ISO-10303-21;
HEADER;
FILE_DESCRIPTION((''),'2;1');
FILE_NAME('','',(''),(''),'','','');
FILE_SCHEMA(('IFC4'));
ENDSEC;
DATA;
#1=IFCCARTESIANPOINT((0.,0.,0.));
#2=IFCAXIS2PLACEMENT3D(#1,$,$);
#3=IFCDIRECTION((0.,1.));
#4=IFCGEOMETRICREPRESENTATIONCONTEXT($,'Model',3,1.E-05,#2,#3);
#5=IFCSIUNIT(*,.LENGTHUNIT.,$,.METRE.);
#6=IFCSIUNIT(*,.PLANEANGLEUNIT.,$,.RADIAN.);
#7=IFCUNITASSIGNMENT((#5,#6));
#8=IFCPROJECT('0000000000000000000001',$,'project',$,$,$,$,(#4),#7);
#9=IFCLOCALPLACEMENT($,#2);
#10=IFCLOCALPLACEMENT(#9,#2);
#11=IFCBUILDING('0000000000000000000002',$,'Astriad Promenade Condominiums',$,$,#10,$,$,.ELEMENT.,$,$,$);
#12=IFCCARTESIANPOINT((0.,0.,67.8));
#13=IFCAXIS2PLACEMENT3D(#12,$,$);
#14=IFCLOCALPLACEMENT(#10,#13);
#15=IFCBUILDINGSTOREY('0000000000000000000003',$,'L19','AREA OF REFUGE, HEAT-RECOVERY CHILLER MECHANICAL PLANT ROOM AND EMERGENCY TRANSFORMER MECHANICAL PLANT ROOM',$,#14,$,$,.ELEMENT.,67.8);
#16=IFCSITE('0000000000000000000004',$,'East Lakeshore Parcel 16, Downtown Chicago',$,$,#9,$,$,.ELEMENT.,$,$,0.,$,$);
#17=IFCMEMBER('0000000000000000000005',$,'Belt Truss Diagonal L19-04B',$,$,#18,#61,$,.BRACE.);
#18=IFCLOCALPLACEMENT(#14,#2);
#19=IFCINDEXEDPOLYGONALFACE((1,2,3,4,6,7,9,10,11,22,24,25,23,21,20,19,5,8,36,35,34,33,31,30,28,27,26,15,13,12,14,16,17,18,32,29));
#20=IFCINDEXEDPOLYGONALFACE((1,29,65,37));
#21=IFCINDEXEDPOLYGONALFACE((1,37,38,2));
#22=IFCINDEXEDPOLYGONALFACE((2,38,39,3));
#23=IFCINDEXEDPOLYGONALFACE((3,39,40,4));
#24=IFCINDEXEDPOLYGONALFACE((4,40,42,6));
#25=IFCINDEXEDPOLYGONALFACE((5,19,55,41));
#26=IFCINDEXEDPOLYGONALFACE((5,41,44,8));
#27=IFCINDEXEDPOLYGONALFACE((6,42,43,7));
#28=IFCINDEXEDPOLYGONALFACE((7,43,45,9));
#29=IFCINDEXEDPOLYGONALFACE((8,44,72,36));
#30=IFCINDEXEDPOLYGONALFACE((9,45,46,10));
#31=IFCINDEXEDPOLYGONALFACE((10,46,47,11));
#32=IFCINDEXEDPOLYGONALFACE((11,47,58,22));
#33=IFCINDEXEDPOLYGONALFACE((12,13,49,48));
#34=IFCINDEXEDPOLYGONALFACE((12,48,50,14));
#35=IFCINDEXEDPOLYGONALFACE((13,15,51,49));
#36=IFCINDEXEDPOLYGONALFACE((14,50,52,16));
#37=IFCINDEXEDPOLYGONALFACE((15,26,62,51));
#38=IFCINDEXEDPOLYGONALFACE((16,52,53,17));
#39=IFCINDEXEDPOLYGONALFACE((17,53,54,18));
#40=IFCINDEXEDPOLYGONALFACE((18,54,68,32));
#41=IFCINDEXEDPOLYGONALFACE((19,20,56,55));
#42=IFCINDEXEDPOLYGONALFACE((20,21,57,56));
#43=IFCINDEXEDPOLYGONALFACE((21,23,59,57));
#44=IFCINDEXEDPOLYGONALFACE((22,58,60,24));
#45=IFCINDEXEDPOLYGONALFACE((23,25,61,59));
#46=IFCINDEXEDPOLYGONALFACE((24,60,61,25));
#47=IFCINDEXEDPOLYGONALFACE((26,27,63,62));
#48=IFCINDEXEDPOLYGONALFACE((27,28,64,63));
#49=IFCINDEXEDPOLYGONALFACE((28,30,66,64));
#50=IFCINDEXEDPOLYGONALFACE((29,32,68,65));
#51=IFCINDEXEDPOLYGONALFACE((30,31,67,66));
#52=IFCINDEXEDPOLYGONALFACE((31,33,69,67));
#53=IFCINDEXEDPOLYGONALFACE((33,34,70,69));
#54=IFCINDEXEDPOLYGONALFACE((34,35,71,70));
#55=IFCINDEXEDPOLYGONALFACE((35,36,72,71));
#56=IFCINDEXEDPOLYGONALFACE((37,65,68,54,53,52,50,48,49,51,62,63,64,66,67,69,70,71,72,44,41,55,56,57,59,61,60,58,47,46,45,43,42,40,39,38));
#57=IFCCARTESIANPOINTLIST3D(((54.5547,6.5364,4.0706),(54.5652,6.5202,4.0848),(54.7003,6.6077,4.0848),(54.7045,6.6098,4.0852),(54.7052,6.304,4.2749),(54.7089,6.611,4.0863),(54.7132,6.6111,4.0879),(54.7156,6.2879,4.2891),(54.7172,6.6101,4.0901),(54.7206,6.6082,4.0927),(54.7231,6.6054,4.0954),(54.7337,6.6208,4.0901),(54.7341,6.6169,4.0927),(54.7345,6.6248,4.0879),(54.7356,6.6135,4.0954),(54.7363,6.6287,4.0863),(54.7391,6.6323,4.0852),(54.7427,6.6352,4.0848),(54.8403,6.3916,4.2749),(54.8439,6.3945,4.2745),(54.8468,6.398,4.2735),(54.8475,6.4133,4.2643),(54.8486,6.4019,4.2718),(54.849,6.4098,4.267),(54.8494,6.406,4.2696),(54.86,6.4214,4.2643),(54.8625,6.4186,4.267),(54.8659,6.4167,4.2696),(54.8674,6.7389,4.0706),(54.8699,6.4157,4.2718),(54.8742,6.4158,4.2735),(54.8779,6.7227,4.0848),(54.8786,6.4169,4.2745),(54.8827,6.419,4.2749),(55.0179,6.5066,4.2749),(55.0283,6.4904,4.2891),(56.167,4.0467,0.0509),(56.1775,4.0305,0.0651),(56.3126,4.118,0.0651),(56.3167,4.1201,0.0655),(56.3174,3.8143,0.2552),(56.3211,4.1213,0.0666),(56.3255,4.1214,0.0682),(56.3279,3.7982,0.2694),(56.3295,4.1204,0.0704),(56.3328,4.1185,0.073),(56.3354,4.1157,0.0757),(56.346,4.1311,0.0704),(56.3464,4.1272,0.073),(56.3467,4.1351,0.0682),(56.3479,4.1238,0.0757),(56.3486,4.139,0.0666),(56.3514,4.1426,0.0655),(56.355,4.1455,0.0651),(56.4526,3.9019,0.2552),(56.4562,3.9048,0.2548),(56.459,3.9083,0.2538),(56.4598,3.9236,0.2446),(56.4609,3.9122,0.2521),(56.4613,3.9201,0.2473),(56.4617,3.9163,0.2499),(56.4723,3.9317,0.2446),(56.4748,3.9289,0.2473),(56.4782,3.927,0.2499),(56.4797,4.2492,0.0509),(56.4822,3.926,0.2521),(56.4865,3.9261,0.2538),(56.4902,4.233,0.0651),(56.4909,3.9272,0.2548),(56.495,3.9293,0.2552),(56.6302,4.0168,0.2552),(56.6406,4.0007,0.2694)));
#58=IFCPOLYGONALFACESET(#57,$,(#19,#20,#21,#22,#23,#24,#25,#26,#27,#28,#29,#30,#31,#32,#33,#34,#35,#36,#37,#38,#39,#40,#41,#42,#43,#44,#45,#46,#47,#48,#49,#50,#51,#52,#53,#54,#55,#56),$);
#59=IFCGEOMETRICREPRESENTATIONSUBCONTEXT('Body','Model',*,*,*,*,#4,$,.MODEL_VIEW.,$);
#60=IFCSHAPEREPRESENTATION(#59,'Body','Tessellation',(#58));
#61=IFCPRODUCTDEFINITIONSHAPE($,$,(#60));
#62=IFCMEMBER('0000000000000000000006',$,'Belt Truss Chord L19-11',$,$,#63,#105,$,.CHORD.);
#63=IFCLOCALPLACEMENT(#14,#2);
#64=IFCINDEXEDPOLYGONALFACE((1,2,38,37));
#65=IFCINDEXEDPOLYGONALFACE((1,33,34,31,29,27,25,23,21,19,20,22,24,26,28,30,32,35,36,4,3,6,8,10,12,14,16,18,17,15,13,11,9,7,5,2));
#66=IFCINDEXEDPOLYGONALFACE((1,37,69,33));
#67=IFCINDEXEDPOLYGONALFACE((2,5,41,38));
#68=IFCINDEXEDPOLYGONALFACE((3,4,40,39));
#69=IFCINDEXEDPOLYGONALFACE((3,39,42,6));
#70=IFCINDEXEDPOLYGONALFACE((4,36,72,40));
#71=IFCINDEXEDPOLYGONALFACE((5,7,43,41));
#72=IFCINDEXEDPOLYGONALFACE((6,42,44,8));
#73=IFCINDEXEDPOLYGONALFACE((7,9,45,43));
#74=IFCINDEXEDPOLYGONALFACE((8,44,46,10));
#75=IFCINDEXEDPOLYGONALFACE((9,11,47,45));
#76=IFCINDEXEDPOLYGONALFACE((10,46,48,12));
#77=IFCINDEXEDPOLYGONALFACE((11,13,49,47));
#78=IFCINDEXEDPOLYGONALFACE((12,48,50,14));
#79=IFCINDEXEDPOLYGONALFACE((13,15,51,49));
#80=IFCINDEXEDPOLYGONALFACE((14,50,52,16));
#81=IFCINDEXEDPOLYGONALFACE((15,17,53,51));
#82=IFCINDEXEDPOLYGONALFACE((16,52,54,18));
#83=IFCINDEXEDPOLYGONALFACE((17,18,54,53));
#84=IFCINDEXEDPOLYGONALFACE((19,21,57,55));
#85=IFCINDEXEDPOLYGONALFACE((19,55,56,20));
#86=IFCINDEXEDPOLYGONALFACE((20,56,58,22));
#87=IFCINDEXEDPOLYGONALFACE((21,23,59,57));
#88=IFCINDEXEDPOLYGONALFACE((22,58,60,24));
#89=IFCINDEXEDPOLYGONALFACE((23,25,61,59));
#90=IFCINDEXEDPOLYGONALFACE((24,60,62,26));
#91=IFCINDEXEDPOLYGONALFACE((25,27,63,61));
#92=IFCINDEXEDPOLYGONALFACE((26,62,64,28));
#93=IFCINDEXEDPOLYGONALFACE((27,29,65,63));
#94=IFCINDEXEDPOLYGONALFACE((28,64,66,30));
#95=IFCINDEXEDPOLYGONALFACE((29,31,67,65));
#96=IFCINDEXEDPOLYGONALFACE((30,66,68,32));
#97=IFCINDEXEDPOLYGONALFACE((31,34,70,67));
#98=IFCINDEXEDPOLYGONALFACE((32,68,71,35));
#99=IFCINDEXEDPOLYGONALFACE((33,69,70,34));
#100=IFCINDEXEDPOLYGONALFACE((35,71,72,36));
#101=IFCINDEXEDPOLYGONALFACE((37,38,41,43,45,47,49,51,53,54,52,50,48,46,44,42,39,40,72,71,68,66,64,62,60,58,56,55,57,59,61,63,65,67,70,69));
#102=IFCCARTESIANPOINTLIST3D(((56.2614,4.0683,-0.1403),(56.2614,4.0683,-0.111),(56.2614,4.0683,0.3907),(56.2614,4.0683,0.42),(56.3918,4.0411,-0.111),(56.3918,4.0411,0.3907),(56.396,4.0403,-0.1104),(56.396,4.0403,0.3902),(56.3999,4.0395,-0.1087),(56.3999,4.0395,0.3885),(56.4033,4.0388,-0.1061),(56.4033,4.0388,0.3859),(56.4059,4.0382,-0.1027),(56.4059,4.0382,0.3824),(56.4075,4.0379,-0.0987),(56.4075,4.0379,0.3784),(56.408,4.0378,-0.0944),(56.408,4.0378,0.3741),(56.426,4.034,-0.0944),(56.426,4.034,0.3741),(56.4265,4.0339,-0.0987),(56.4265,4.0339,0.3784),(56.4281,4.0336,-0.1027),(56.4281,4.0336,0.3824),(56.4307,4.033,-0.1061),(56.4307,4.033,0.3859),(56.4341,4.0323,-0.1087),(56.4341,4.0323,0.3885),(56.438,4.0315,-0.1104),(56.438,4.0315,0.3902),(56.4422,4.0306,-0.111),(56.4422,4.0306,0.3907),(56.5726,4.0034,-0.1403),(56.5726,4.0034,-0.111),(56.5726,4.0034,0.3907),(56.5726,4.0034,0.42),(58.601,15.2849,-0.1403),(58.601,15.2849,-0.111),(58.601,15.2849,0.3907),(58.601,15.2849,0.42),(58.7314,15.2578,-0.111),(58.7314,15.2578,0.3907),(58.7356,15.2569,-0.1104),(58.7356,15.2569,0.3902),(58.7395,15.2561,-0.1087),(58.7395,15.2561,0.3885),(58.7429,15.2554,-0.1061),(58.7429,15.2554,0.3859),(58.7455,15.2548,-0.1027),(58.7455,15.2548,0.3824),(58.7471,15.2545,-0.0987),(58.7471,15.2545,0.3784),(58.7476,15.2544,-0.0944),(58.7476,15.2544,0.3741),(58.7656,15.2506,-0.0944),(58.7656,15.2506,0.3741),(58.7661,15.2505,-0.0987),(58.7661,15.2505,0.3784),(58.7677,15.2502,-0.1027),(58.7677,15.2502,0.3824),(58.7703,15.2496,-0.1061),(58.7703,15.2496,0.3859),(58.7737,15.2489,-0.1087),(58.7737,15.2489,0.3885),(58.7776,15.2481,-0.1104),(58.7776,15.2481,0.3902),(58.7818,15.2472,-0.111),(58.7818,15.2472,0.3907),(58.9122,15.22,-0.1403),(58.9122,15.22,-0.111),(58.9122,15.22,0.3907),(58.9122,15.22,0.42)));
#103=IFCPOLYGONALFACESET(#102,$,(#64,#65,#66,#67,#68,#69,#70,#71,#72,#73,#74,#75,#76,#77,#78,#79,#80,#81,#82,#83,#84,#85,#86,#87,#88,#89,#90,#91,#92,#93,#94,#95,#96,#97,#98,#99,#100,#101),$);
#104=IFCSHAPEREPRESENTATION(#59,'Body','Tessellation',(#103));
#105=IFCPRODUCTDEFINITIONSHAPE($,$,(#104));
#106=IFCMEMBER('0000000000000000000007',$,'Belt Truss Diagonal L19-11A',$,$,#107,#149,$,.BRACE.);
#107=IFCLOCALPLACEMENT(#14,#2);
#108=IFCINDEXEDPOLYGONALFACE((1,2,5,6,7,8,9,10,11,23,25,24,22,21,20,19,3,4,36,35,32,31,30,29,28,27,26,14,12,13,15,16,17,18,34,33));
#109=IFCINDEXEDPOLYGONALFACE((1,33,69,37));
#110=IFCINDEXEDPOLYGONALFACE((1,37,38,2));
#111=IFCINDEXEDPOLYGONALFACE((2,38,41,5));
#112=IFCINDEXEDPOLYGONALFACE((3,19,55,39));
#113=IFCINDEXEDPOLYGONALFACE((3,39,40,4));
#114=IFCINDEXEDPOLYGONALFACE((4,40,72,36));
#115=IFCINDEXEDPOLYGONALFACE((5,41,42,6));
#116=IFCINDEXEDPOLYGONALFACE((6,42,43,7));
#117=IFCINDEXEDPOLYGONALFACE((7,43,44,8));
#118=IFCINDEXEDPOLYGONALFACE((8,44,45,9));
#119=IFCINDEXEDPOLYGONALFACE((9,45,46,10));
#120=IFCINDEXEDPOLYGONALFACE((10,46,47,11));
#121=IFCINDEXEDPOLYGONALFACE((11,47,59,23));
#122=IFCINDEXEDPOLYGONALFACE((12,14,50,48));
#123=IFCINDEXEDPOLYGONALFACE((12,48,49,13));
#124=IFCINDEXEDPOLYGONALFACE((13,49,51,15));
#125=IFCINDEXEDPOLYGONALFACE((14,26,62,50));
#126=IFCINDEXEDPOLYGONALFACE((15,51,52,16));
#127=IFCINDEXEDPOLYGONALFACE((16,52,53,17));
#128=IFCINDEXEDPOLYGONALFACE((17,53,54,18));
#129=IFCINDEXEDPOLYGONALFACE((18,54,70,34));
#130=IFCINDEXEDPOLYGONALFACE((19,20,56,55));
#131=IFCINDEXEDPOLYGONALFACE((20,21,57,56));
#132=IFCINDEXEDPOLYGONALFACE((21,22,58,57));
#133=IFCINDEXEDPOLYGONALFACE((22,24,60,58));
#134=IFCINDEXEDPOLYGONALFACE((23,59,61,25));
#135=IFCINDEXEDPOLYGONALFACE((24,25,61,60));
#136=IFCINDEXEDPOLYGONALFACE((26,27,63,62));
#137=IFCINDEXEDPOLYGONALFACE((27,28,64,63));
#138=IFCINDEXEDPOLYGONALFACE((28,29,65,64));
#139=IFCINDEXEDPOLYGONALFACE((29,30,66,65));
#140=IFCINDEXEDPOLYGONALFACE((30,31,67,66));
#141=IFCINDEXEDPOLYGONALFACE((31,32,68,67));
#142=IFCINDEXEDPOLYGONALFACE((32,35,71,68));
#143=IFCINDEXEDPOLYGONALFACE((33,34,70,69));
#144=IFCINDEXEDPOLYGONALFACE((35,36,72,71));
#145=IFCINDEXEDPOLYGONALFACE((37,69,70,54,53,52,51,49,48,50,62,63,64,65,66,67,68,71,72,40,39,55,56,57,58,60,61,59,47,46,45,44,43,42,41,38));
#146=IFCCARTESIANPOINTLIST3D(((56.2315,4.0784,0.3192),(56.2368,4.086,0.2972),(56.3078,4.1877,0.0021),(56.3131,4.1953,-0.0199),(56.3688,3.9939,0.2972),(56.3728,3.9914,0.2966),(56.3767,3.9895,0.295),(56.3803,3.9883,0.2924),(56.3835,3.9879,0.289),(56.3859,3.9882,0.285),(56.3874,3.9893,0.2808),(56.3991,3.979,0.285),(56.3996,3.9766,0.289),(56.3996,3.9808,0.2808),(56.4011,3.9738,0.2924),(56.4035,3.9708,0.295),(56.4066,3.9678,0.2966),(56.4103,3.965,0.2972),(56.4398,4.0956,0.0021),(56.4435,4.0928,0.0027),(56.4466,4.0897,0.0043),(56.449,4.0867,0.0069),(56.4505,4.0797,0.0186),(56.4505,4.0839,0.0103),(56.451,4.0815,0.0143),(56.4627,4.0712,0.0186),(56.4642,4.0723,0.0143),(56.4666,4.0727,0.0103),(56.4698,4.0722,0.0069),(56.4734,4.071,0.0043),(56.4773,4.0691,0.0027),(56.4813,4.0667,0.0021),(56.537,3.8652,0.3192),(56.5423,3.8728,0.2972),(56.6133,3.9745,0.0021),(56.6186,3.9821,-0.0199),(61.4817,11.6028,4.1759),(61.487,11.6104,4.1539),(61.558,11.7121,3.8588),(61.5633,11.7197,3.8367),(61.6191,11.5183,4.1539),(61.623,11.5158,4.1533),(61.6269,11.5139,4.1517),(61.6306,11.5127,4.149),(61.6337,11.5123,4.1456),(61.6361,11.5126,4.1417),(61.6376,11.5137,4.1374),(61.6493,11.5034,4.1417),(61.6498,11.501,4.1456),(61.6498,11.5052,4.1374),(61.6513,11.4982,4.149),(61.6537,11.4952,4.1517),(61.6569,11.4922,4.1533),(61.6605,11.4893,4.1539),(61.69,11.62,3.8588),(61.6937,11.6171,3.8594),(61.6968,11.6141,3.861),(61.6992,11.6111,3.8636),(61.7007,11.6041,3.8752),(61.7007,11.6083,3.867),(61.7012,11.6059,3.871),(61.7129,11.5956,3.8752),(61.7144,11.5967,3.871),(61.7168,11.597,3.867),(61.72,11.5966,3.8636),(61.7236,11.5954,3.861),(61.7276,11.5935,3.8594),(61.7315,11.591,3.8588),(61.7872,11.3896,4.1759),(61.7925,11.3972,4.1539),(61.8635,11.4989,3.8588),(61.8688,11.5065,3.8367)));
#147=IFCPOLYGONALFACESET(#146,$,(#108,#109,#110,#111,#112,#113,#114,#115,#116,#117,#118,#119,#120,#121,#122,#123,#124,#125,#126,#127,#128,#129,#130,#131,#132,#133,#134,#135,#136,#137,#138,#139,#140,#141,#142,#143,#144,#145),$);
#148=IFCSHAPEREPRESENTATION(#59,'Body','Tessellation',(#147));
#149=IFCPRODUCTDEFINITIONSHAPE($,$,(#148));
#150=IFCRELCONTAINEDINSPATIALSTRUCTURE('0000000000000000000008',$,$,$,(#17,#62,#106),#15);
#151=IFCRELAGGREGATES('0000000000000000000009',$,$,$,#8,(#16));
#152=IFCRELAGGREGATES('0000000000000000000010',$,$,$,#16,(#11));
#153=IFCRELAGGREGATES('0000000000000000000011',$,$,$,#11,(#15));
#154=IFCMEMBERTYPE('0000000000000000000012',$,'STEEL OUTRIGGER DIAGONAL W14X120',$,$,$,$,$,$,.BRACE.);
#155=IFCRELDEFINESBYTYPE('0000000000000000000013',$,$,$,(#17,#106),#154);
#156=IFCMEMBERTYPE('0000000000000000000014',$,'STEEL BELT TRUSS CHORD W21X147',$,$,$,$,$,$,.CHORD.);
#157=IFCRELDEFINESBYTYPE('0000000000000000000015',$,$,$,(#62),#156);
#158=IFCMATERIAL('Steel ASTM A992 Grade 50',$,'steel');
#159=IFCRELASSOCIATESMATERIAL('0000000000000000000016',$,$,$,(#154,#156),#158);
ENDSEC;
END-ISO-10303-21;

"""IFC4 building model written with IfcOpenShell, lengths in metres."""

from ifc_helpers import new_model, si_unit, direction, frame, origin, origin_2d, place, context, subcontext, project, spatial, i_section, extrude, source, transform, mapped, material, material_profile, profile_set, type_object, type_shapes, element, save


model = new_model("IFC4")

# Units and contexts
model_context = context("Model", 3, precision=1e-05, world=origin(), true_north=direction((0.0, 1.0)))
body_context = subcontext(model_context, "Body", "Model", "MODEL_VIEW")
ifc_project = project(units=[si_unit("LENGTHUNIT", "METRE"), si_unit("PLANEANGLEUNIT", "RADIAN")], contexts=[model_context])

# Site, building, storey
site_placement = place(None, origin())
site = spatial("IfcSite", under=ifc_project, at=site_placement, Name="East Lakeshore Parcel 16, Downtown Chicago", CompositionType="ELEMENT", RefElevation=0.0)
building_placement = place(site_placement, origin())
building = spatial("IfcBuilding", under=site, at=building_placement, Name="Astriad Promenade Condominiums", CompositionType="ELEMENT")
storey_placement = place(building_placement, frame((0.0, 0.0, 67.8)))
storey = spatial("IfcBuildingStorey", under=building, at=storey_placement, Name="L19", Description="AREA OF REFUGE, HEAT-RECOVERY CHILLER MECHANICAL PLANT ROOM AND EMERGENCY TRANSFORMER MECHANICAL PLANT ROOM", CompositionType="ELEMENT", Elevation=67.8)

# Shared definitions
ifc_material_1 = material(Name="Steel ASTM A992 Grade 50", Category="steel")

# Members
ifc_material_profile_1 = material_profile(ifc_material_1, i_section(OverallWidth=0.3726, OverallDepth=0.3679, WebThickness=0.0149, FlangeThickness=0.0239, FilletRadius=0.0178, at=origin_2d()), Name="W14X120")
ifc_profile_set_1 = profile_set([ifc_material_profile_1], Name="Steel ASTM A992 Grade 50")
member_type_1 = type_object("IfcMemberType", Name="STEEL OUTRIGGER DIAGONAL W14X120", PredefinedType="BRACE", material=ifc_profile_set_1)
shared_shape_1 = source(origin(), body_context, "Body", "SweptSolid", [
    extrude(i_section(OverallWidth=0.3726, OverallDepth=0.3679, WebThickness=0.0149, FlangeThickness=0.0239, FilletRadius=0.0178, at=origin_2d()), origin(), (0.0, 0.0, 1.0), 4.9956),
])
member_1_placement = place(storey_placement, frame((56.4038, 4.0237, 0.1602), z_axis=(-0.322739, 0.498378, 0.804648), x_axis=(-0.839371, -0.543558, 0.0)))
element("IfcMember", 1, at=member_1_placement, inside=storey, type_object=member_type_1, Name="Belt Truss Diagonal L19-04B", PredefinedType="BRACE", context=body_context, shape_type="MappedRepresentation", body=[
    mapped(shared_shape_1, transform((0.0, 0.0, 0.0), scale=1.0)),
])
ifc_material_profile_2 = material_profile(ifc_material_1, i_section(OverallWidth=0.3179, OverallDepth=0.5603, WebThickness=0.0183, FlangeThickness=0.0293, FilletRadius=0.0166, at=origin_2d()), Name="W21X147")
ifc_profile_set_2 = profile_set([ifc_material_profile_2], Name="Steel ASTM A992 Grade 50")
member_type_2 = type_object("IfcMemberType", Name="STEEL BELT TRUSS CHORD W21X147", PredefinedType="CHORD", material=ifc_profile_set_2)
shared_shape_2 = source(origin(), body_context, "Body", "SweptSolid", [
    extrude(i_section(OverallWidth=0.3179, OverallDepth=0.5603, WebThickness=0.0183, FlangeThickness=0.0293, FilletRadius=0.0166, at=origin_2d()), origin(), (0.0, 0.0, 1.0), 11.458),
])
type_shapes(member_type_2, [shared_shape_2])
member_2_placement = place(storey_placement, frame((56.417, 4.0359, 0.1399), z_axis=(0.20419, 0.978931, 0.0), x_axis=(-0.978931, 0.20419, 0.0)))
element("IfcMember", 2, at=member_2_placement, inside=storey, type_object=member_type_2, Name="Belt Truss Chord L19-11", PredefinedType="CHORD", context=body_context, shape_type="MappedRepresentation", body=[
    mapped(shared_shape_2, transform((0.0, 0.0, 0.0), scale=1.0)),
])
shared_shape_3 = source(origin(), body_context, "Body", "SweptSolid", [
    extrude(i_section(OverallWidth=0.3726, OverallDepth=0.3679, WebThickness=0.0149, FlangeThickness=0.0239, FilletRadius=0.0178, at=origin_2d()), origin(), (0.0, 0.0, 1.0), 9.9526),
])
member_3_placement = place(storey_placement, frame((56.425, 4.0303, 0.1497), z_axis=(0.52752, 0.756019, 0.387502), x_axis=(-0.820094, 0.572229, 0.0)))
element("IfcMember", 3, at=member_3_placement, inside=storey, type_object=member_type_1, Name="Belt Truss Diagonal L19-11A", PredefinedType="BRACE", context=body_context, shape_type="MappedRepresentation", body=[
    mapped(shared_shape_3, transform((0.0, 0.0, 0.0), scale=1.0)),
])

save(model, "model.ifc")
